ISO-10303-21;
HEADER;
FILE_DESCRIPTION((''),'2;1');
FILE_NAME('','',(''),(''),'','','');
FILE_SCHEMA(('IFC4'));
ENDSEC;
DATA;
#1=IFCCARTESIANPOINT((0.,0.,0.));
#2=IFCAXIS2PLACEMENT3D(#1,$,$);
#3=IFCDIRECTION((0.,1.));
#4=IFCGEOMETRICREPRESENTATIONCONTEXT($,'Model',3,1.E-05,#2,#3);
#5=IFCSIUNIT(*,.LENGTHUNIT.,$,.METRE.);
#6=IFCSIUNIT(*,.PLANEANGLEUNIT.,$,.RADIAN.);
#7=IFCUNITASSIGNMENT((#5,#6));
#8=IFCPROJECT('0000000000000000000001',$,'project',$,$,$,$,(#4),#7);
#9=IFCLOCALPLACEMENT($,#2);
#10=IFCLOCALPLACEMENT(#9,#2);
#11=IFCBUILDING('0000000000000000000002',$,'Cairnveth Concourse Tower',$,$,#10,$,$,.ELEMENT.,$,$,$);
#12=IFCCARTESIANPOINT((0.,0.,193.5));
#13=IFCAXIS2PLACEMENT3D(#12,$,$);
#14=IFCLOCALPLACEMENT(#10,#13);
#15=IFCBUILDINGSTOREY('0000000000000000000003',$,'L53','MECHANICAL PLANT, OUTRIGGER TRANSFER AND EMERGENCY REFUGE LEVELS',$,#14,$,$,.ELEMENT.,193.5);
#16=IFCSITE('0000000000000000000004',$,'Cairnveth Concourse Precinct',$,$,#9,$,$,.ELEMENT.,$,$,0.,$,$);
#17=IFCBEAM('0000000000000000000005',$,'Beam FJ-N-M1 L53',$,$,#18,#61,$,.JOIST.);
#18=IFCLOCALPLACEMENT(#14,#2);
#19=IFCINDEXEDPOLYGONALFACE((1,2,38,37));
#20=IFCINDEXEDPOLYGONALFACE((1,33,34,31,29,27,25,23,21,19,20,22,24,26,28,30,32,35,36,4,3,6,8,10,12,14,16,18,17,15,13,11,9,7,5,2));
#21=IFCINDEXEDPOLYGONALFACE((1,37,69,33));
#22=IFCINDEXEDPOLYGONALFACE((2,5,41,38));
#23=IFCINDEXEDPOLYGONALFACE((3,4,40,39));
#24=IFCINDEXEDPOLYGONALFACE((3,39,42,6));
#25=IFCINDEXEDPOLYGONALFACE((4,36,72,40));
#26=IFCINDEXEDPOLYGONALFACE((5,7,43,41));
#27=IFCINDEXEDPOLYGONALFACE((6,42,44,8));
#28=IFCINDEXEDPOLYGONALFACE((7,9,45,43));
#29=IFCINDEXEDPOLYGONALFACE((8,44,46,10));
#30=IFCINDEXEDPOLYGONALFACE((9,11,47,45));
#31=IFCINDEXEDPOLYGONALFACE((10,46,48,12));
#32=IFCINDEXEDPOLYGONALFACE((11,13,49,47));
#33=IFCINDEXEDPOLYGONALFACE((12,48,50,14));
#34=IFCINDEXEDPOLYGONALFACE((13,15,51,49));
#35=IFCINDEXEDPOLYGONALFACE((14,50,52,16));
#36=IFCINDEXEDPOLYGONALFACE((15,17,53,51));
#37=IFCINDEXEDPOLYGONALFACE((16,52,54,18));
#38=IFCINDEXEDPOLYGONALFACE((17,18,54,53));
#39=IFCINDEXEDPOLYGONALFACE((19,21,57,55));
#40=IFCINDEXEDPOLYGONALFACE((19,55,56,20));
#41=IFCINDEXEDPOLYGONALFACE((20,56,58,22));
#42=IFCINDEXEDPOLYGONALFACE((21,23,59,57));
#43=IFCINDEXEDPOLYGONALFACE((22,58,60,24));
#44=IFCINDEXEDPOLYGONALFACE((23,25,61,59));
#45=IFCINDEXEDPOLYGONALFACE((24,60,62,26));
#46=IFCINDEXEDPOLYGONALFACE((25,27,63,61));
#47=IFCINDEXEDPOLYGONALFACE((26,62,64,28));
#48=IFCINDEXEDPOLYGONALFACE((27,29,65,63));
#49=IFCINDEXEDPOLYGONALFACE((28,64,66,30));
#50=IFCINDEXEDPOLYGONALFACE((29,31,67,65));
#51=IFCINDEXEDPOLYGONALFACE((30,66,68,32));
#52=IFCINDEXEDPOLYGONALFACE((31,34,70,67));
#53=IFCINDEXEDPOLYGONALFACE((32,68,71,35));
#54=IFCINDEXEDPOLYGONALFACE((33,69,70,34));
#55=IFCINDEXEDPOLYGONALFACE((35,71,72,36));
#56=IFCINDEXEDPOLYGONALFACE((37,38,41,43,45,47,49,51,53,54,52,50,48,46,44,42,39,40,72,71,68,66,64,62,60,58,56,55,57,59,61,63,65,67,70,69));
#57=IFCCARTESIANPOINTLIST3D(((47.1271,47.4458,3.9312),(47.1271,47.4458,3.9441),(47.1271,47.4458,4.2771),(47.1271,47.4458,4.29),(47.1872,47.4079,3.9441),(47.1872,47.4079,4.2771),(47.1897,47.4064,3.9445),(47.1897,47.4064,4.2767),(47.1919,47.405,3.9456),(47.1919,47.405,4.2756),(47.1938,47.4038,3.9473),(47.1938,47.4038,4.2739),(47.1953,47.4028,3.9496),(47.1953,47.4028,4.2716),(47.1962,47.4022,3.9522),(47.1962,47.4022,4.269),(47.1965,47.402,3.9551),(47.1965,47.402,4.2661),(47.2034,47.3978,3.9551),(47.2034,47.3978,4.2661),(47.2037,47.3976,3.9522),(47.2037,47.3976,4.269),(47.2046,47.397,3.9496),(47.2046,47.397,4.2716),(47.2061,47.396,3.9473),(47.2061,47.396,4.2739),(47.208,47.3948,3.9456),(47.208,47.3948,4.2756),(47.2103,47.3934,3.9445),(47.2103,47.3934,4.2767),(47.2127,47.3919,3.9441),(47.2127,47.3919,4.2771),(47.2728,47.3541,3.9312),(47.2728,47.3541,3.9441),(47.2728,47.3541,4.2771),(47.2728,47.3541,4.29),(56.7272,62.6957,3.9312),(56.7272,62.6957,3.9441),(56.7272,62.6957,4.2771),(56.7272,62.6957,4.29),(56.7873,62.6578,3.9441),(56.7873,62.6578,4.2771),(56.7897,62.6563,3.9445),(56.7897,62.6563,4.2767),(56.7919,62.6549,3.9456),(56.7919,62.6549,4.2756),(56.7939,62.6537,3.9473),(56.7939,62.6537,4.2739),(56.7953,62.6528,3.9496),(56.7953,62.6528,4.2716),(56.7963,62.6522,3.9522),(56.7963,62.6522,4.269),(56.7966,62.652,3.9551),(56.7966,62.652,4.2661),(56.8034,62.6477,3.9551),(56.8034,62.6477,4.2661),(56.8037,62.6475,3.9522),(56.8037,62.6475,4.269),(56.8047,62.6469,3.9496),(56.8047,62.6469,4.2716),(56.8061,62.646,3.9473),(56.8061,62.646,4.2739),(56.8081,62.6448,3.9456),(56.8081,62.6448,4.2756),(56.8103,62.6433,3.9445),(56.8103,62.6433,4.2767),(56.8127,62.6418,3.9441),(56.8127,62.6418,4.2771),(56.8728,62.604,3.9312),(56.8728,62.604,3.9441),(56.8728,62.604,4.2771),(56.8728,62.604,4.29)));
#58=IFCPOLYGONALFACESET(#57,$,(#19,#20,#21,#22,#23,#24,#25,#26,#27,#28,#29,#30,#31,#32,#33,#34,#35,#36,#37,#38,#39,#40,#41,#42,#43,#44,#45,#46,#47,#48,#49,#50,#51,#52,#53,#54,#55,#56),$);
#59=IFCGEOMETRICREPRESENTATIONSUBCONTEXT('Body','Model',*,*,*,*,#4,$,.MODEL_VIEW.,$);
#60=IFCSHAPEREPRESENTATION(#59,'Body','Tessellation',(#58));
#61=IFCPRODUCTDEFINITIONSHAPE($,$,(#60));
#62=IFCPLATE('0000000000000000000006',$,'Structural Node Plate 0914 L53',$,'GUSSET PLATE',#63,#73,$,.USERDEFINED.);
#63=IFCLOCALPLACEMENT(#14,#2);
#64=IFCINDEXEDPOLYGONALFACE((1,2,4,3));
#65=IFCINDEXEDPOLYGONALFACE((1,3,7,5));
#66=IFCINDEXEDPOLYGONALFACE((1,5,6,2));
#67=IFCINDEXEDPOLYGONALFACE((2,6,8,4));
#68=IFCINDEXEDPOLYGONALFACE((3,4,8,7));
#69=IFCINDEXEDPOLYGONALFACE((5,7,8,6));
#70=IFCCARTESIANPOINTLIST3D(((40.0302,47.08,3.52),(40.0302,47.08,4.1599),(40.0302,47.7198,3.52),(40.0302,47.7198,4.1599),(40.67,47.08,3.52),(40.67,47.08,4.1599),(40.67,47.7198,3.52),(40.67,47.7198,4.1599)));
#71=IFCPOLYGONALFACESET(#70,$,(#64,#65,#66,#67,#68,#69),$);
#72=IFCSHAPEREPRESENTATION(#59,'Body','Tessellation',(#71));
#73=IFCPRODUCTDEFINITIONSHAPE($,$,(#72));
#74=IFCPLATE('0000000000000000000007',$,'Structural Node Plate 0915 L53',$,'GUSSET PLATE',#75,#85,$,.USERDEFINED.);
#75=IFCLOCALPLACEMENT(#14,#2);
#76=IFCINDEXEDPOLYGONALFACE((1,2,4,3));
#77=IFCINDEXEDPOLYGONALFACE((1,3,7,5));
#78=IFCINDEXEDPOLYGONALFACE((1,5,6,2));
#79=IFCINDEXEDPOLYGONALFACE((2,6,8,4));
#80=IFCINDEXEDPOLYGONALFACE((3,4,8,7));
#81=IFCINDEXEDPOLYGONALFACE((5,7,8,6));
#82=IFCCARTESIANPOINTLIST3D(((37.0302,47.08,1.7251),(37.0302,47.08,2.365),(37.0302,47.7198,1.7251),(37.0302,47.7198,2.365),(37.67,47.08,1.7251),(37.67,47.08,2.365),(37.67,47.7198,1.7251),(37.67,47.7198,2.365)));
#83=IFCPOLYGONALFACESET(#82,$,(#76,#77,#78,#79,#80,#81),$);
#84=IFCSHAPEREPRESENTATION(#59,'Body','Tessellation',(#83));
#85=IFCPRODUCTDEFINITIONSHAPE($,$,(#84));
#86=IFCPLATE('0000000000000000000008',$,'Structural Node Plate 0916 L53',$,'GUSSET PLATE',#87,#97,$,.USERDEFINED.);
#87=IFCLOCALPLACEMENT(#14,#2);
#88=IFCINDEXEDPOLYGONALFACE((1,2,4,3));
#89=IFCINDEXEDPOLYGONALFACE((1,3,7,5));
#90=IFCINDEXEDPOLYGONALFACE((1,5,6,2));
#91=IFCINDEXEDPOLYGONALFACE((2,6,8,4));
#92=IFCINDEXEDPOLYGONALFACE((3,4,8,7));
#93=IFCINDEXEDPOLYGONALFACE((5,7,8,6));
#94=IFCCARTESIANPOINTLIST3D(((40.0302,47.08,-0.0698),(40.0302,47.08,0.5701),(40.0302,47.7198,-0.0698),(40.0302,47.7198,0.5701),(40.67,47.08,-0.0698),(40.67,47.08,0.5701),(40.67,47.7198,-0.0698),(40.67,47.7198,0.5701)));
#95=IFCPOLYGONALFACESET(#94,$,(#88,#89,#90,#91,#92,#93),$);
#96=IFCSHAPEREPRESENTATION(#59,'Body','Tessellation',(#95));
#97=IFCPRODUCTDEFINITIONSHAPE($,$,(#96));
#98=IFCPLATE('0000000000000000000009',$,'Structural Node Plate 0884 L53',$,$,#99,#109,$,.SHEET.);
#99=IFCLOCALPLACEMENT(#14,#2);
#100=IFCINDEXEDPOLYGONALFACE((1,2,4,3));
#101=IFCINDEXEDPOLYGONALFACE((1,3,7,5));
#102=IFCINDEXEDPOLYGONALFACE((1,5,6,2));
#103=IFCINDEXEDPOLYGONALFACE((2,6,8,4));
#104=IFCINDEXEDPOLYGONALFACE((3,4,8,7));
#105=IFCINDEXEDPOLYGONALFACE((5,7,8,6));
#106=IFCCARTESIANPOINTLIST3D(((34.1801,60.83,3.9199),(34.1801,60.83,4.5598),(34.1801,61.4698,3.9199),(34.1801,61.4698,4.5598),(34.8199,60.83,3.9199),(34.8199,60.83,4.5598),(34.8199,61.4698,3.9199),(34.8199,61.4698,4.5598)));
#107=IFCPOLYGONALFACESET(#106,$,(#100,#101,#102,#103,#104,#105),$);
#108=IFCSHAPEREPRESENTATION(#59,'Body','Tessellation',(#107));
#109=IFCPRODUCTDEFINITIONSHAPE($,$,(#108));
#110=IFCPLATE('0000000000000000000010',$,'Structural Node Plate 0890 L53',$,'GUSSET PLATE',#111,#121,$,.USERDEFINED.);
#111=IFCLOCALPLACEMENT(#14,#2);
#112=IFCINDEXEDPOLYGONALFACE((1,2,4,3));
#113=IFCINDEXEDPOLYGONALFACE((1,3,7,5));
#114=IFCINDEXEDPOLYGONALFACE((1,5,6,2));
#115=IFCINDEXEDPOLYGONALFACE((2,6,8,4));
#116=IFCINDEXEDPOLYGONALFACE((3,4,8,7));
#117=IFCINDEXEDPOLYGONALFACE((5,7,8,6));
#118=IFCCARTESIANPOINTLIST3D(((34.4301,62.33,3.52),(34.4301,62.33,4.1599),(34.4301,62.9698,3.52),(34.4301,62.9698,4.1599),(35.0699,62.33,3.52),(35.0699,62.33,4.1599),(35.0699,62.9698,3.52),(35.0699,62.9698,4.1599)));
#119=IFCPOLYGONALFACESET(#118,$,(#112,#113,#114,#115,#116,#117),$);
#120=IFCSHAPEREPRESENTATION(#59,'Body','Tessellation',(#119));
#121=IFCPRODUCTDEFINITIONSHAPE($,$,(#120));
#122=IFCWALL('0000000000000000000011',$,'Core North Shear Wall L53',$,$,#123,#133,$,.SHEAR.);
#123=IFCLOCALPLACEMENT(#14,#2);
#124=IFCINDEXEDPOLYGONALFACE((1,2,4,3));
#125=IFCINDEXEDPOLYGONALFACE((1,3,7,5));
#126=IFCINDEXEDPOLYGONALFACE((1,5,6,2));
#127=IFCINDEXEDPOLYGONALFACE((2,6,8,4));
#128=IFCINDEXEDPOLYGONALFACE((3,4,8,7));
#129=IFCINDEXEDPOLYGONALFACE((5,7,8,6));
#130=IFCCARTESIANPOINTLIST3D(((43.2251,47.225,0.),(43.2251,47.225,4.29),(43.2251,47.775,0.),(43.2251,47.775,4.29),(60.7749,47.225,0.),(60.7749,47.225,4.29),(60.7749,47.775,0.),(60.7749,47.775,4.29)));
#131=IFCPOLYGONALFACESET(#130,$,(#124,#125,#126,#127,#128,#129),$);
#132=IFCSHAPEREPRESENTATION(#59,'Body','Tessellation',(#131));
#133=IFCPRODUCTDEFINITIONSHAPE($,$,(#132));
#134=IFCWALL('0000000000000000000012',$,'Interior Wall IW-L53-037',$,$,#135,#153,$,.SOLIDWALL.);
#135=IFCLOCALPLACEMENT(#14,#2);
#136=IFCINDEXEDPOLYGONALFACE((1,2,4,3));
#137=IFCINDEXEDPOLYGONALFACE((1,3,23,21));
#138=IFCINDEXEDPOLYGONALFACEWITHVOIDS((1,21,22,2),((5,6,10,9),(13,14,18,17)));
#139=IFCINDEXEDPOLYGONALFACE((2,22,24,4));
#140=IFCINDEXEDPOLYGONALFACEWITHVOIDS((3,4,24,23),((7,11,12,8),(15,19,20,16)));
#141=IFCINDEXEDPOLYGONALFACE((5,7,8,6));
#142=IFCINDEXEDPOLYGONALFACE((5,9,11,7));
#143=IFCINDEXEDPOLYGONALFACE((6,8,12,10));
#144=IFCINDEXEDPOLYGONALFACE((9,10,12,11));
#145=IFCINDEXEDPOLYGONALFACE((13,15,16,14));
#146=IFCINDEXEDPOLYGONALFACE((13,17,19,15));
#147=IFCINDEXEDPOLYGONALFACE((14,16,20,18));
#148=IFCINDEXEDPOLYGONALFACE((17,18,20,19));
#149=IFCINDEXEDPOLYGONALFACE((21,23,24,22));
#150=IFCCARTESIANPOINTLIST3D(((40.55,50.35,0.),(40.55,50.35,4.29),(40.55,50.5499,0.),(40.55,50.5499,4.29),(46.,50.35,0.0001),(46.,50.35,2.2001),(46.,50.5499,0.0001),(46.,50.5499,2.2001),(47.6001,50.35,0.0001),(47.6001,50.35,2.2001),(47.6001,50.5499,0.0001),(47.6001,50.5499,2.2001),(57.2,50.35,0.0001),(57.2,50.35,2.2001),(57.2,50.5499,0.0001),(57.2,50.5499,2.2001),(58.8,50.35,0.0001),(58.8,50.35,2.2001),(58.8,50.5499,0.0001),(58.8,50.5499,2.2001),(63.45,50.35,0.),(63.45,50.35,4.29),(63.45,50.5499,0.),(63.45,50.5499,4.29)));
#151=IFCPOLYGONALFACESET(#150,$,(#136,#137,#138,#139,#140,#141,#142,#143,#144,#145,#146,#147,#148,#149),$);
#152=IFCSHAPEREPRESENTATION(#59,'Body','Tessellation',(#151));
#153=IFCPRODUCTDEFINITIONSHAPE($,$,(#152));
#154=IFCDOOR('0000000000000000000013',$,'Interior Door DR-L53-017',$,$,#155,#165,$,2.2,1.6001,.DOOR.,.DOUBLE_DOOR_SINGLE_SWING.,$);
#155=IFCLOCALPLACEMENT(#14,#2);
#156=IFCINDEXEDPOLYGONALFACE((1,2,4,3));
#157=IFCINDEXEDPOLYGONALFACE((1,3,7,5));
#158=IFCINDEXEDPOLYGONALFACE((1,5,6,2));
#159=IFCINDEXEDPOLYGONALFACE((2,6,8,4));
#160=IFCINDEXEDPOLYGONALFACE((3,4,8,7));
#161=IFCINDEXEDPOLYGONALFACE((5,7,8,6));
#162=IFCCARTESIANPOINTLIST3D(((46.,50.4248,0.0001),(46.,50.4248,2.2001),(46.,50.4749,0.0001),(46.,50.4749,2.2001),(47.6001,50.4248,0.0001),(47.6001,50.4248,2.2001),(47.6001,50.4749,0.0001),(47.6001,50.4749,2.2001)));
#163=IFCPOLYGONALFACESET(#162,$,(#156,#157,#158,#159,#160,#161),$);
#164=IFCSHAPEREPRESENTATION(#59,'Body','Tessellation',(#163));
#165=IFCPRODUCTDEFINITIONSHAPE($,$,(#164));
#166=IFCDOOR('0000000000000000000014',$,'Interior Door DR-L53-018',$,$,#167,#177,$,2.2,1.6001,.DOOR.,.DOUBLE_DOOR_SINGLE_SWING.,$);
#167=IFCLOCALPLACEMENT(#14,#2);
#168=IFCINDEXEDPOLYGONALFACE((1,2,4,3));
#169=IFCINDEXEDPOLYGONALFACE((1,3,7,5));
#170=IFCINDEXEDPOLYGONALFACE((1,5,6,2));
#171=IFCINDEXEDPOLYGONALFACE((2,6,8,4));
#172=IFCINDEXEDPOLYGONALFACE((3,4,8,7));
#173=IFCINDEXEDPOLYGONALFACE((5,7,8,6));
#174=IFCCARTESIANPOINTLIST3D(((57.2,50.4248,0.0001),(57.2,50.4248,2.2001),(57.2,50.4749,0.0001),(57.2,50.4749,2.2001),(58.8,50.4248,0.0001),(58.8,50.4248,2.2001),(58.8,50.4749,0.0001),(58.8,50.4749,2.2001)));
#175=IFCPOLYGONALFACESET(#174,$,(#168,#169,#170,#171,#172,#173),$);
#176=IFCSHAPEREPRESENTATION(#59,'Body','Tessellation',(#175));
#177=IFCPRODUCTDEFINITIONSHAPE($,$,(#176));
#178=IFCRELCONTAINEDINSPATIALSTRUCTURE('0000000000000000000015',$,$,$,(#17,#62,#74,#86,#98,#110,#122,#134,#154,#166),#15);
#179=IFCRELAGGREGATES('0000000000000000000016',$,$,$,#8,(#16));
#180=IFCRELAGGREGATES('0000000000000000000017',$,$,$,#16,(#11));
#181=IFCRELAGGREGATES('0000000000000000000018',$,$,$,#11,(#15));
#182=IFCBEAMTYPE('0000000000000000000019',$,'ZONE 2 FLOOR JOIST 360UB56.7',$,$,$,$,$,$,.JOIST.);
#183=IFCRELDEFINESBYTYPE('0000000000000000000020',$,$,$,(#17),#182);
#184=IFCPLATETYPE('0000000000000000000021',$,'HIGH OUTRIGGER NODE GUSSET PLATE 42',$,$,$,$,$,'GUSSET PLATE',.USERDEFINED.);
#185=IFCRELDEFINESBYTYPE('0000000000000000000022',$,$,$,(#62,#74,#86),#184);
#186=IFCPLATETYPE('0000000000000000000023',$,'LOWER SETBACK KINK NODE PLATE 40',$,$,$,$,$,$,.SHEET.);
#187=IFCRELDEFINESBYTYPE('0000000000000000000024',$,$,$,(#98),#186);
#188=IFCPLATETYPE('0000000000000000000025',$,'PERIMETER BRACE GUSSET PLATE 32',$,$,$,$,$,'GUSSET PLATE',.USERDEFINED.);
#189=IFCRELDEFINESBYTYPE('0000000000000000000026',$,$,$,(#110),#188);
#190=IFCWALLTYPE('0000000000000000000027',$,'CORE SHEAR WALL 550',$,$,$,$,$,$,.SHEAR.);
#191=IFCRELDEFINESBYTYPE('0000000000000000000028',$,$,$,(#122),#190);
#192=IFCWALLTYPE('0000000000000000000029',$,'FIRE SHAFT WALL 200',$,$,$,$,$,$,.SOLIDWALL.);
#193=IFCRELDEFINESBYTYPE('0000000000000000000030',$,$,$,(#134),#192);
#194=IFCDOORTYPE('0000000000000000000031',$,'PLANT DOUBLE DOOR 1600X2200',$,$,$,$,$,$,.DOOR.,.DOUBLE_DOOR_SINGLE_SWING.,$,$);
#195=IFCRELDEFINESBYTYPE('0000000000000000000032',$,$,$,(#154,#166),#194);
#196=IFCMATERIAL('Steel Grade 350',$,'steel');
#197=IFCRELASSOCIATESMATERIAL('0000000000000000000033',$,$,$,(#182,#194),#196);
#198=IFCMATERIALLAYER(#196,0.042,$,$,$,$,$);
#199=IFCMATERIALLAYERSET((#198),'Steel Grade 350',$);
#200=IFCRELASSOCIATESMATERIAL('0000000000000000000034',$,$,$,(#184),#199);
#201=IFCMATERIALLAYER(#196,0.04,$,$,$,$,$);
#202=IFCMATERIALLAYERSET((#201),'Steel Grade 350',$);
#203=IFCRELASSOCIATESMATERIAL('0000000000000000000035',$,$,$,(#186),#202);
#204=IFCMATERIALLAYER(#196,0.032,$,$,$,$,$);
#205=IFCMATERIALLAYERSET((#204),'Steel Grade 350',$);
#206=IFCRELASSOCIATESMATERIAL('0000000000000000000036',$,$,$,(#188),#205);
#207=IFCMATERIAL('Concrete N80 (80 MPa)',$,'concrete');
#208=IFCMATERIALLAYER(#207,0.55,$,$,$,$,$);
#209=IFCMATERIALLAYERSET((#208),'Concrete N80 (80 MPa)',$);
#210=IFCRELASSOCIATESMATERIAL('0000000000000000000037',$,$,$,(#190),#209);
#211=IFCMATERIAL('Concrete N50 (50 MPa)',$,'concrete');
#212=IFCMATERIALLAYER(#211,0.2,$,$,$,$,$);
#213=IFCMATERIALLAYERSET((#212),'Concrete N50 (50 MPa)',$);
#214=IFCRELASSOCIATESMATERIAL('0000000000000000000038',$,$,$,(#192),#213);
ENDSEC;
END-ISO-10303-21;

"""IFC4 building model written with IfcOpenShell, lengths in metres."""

from ifc_helpers import new_model, si_unit, direction, frame, frame_2d, origin, origin_2d, place, context, subcontext, project, spatial, rectangle, i_section, extrude, material, layer, layer_set, material_profile, profile_set, type_object, element, fill, save


model = new_model("IFC4")

# Units and contexts
model_context = context("Model", 3, precision=1e-05, world=origin(), true_north=direction((0.0, 1.0)))
body_context = subcontext(model_context, "Body", "Model", "MODEL_VIEW")
ifc_project = project(units=[si_unit("LENGTHUNIT", "METRE"), si_unit("PLANEANGLEUNIT", "RADIAN")], contexts=[model_context])

# Site, building, storey
site_placement = place(None, origin())
site = spatial("IfcSite", under=ifc_project, at=site_placement, Name="Cairnveth Concourse Precinct", CompositionType="ELEMENT", RefElevation=0.0)
building_placement = place(site_placement, origin())
building = spatial("IfcBuilding", under=site, at=building_placement, Name="Cairnveth Concourse Tower", CompositionType="ELEMENT")
storey_placement = place(building_placement, frame((0.0, 0.0, 193.5)))
storey = spatial("IfcBuildingStorey", under=building, at=storey_placement, Name="L53", Description="MECHANICAL PLANT, OUTRIGGER TRANSFER AND EMERGENCY REFUGE LEVELS", CompositionType="ELEMENT", Elevation=193.5)

# Beam
ifc_material_1 = material(Name="Steel Grade 350", Category="steel")
ifc_material_profile_1 = material_profile(ifc_material_1, i_section(OverallWidth=0.1721, OverallDepth=0.3589, WebThickness=0.0081, FlangeThickness=0.0129, FilletRadius=0.011, at=origin_2d()), Name="360UB56.7")
ifc_profile_set_1 = profile_set([ifc_material_profile_1], Name="Steel Grade 350")
beam_type_1 = type_object("IfcBeamType", Name="ZONE 2 FLOOR JOIST 360UB56.7", PredefinedType="JOIST", material=ifc_profile_set_1)
beam_1_placement = place(storey_placement, frame((47.2, 47.3999, 4.1106), z_axis=(0.532744, 0.846277, 0.0), x_axis=(-0.846277, 0.532744, 0.0)))
element("IfcBeam", 1, at=beam_1_placement, inside=storey, type_object=beam_type_1, Name="Beam FJ-N-M1 L53", PredefinedType="JOIST", context=body_context, shape_type="SweptSolid", body=[
    extrude(i_section(OverallWidth=0.1721, OverallDepth=0.3589, WebThickness=0.0081, FlangeThickness=0.0129, FilletRadius=0.011, at=origin_2d()), origin(), (0.0, 0.0, 1.0), 18.02),
])

# Plates
ifc_layer_1 = layer(ifc_material_1, 0.042)
ifc_layer_set_1 = layer_set([ifc_layer_1], Name="Steel Grade 350")
plate_type_1 = type_object("IfcPlateType", Name="HIGH OUTRIGGER NODE GUSSET PLATE 42", ElementType="GUSSET PLATE", PredefinedType="USERDEFINED", material=ifc_layer_set_1)
for number, where, z_axis, x_axis, name in (
    (2, (40.3501, 47.3999, 3.52), (0.0, 0.0, 1.0), (1.0, 0.0, 0.0), "Structural Node Plate 0914 L53"),
    (3, (37.3501, 47.3999, 1.7251), (0.0, 0.0, 1.0), (1.0, 0.0, 0.0), "Structural Node Plate 0915 L53"),
    (4, (40.3501, 47.3999, -0.0698), (0.0, 0.0, 1.0), (1.0, 0.0, 0.0), "Structural Node Plate 0916 L53"),
):
    element("IfcPlate", number, at=place(storey_placement, frame(where, z_axis=z_axis, x_axis=x_axis)), inside=storey, type_object=plate_type_1, Name=name, ObjectType="GUSSET PLATE", PredefinedType="USERDEFINED", context=body_context, shape_type="SweptSolid", body=[
        extrude(rectangle(XDim=0.6399, YDim=0.6399, at=origin_2d()), origin(), (0.0, 0.0, 1.0), 0.6399),
    ])
ifc_layer_2 = layer(ifc_material_1, 0.04)
ifc_layer_set_2 = layer_set([ifc_layer_2], Name="Steel Grade 350")
plate_type_2 = type_object("IfcPlateType", Name="LOWER SETBACK KINK NODE PLATE 40", PredefinedType="SHEET", material=ifc_layer_set_2)
plate_1_placement = place(storey_placement, frame((34.5, 61.1499, 3.9199), z_axis=(0.0, 0.0, 1.0), x_axis=(1.0, 0.0, 0.0)))
element("IfcPlate", 5, at=plate_1_placement, inside=storey, type_object=plate_type_2, Name="Structural Node Plate 0884 L53", PredefinedType="SHEET", context=body_context, shape_type="SweptSolid", body=[
    extrude(rectangle(XDim=0.6399, YDim=0.6399, at=origin_2d()), origin(), (0.0, 0.0, 1.0), 0.6399),
])
ifc_layer_3 = layer(ifc_material_1, 0.032)
ifc_layer_set_3 = layer_set([ifc_layer_3], Name="Steel Grade 350")
plate_type_3 = type_object("IfcPlateType", Name="PERIMETER BRACE GUSSET PLATE 32", ElementType="GUSSET PLATE", PredefinedType="USERDEFINED", material=ifc_layer_set_3)
plate_2_placement = place(storey_placement, frame((34.75, 62.6499, 3.52), z_axis=(0.0, 0.0, 1.0), x_axis=(1.0, 0.0, 0.0)))
element("IfcPlate", 6, at=plate_2_placement, inside=storey, type_object=plate_type_3, Name="Structural Node Plate 0890 L53", ObjectType="GUSSET PLATE", PredefinedType="USERDEFINED", context=body_context, shape_type="SweptSolid", body=[
    extrude(rectangle(XDim=0.6399, YDim=0.6399, at=origin_2d()), origin(), (0.0, 0.0, 1.0), 0.6399),
])

# Wall
ifc_material_2 = material(Name="Concrete N80 (80 MPa)", Category="concrete")
ifc_layer_4 = layer(ifc_material_2, 0.55)
ifc_layer_set_4 = layer_set([ifc_layer_4], Name="Concrete N80 (80 MPa)")
wall_type_1 = type_object("IfcWallType", Name="CORE SHEAR WALL 550", PredefinedType="SHEAR", material=ifc_layer_set_4)
wall_1_placement = place(storey_placement, frame((43.2251, 47.5, 0.0), z_axis=(0.0, 0.0, 1.0), x_axis=(1.0, 0.0, 0.0)))
element("IfcWall", 7, at=wall_1_placement, inside=storey, type_object=wall_type_1, Name="Core North Shear Wall L53", PredefinedType="SHEAR", context=body_context, shape_type="SweptSolid", body=[
    extrude(rectangle(XDim=17.5498, YDim=0.55, at=frame_2d((8.7749, 0.0))), origin(), (0.0, 0.0, 1.0), 4.29),
])

# Wall, openings, doors
ifc_material_3 = material(Name="Concrete N50 (50 MPa)", Category="concrete")
ifc_layer_5 = layer(ifc_material_3, 0.2)
ifc_layer_set_5 = layer_set([ifc_layer_5], Name="Concrete N50 (50 MPa)")
wall_type_2 = type_object("IfcWallType", Name="FIRE SHAFT WALL 200", PredefinedType="SOLIDWALL", material=ifc_layer_set_5)
wall_2_placement = place(storey_placement, frame((40.55, 50.45, 0.0), z_axis=(0.0, 0.0, 1.0), x_axis=(1.0, 0.0, 0.0)))
wall_2 = element("IfcWall", 8, at=wall_2_placement, inside=storey, type_object=wall_type_2, Name="Interior Wall IW-L53-037", PredefinedType="SOLIDWALL", context=body_context, shape_type="SweptSolid", body=[
    extrude(rectangle(XDim=22.8999, YDim=0.2, at=frame_2d((11.45, 0.0))), origin(), (0.0, 0.0, 1.0), 4.29),
])
opening_1_placement = place(wall_2_placement, frame((5.45, 0.0, 0.0)))
opening_1 = element("IfcOpeningElement", 9, at=opening_1_placement, cuts=wall_2, PredefinedType="OPENING", context=body_context, shape_type="SweptSolid", body=[
    extrude(rectangle(XDim=1.6001, YDim=2.2, at=frame_2d((0.8, 1.1001))), frame((0.0, 0.1099, 0.0), z_axis=(0.0, -1.0, 0.0), x_axis=(1.0, 0.0, 0.0)), (0.0, 0.0, 1.0), 0.22),
])
opening_2_placement = place(wall_2_placement, frame((16.6499, 0.0, 0.0)))
opening_2 = element("IfcOpeningElement", 10, at=opening_2_placement, cuts=wall_2, PredefinedType="OPENING", context=body_context, shape_type="SweptSolid", body=[
    extrude(rectangle(XDim=1.6001, YDim=2.2, at=frame_2d((0.8, 1.1001))), frame((0.0, 0.1099, 0.0), z_axis=(0.0, -1.0, 0.0), x_axis=(1.0, 0.0, 0.0)), (0.0, 0.0, 1.0), 0.22),
])
door_type = type_object("IfcDoorType", Name="PLANT DOUBLE DOOR 1600X2200", OperationType="DOUBLE_DOOR_SINGLE_SWING", PredefinedType="DOOR", material=ifc_material_1)
door_1_placement = place(opening_1_placement, origin())
door_1 = element("IfcDoor", 11, at=door_1_placement, inside=storey, type_object=door_type, Name="Interior Door DR-L53-017", OperationType="DOUBLE_DOOR_SINGLE_SWING", OverallHeight=2.2, OverallWidth=1.6001, PredefinedType="DOOR", context=body_context, shape_type="SweptSolid", body=[
    extrude(rectangle(XDim=1.6001, YDim=2.2, at=frame_2d((0.8, 1.1001))), frame((0.0, 0.0249, 0.0), z_axis=(0.0, -1.0, 0.0), x_axis=(1.0, 0.0, 0.0)), (0.0, 0.0, 1.0), 0.05),
])
fill(opening_1, door_1)
door_2_placement = place(opening_2_placement, origin())
door_2 = element("IfcDoor", 12, at=door_2_placement, inside=storey, type_object=door_type, Name="Interior Door DR-L53-018", OperationType="DOUBLE_DOOR_SINGLE_SWING", OverallHeight=2.2, OverallWidth=1.6001, PredefinedType="DOOR", context=body_context, shape_type="SweptSolid", body=[
    extrude(rectangle(XDim=1.6001, YDim=2.2, at=frame_2d((0.8, 1.1001))), frame((0.0, 0.0249, 0.0), z_axis=(0.0, -1.0, 0.0), x_axis=(1.0, 0.0, 0.0)), (0.0, 0.0, 1.0), 0.05),
])
fill(opening_2, door_2)

save(model, "model.ifc")
